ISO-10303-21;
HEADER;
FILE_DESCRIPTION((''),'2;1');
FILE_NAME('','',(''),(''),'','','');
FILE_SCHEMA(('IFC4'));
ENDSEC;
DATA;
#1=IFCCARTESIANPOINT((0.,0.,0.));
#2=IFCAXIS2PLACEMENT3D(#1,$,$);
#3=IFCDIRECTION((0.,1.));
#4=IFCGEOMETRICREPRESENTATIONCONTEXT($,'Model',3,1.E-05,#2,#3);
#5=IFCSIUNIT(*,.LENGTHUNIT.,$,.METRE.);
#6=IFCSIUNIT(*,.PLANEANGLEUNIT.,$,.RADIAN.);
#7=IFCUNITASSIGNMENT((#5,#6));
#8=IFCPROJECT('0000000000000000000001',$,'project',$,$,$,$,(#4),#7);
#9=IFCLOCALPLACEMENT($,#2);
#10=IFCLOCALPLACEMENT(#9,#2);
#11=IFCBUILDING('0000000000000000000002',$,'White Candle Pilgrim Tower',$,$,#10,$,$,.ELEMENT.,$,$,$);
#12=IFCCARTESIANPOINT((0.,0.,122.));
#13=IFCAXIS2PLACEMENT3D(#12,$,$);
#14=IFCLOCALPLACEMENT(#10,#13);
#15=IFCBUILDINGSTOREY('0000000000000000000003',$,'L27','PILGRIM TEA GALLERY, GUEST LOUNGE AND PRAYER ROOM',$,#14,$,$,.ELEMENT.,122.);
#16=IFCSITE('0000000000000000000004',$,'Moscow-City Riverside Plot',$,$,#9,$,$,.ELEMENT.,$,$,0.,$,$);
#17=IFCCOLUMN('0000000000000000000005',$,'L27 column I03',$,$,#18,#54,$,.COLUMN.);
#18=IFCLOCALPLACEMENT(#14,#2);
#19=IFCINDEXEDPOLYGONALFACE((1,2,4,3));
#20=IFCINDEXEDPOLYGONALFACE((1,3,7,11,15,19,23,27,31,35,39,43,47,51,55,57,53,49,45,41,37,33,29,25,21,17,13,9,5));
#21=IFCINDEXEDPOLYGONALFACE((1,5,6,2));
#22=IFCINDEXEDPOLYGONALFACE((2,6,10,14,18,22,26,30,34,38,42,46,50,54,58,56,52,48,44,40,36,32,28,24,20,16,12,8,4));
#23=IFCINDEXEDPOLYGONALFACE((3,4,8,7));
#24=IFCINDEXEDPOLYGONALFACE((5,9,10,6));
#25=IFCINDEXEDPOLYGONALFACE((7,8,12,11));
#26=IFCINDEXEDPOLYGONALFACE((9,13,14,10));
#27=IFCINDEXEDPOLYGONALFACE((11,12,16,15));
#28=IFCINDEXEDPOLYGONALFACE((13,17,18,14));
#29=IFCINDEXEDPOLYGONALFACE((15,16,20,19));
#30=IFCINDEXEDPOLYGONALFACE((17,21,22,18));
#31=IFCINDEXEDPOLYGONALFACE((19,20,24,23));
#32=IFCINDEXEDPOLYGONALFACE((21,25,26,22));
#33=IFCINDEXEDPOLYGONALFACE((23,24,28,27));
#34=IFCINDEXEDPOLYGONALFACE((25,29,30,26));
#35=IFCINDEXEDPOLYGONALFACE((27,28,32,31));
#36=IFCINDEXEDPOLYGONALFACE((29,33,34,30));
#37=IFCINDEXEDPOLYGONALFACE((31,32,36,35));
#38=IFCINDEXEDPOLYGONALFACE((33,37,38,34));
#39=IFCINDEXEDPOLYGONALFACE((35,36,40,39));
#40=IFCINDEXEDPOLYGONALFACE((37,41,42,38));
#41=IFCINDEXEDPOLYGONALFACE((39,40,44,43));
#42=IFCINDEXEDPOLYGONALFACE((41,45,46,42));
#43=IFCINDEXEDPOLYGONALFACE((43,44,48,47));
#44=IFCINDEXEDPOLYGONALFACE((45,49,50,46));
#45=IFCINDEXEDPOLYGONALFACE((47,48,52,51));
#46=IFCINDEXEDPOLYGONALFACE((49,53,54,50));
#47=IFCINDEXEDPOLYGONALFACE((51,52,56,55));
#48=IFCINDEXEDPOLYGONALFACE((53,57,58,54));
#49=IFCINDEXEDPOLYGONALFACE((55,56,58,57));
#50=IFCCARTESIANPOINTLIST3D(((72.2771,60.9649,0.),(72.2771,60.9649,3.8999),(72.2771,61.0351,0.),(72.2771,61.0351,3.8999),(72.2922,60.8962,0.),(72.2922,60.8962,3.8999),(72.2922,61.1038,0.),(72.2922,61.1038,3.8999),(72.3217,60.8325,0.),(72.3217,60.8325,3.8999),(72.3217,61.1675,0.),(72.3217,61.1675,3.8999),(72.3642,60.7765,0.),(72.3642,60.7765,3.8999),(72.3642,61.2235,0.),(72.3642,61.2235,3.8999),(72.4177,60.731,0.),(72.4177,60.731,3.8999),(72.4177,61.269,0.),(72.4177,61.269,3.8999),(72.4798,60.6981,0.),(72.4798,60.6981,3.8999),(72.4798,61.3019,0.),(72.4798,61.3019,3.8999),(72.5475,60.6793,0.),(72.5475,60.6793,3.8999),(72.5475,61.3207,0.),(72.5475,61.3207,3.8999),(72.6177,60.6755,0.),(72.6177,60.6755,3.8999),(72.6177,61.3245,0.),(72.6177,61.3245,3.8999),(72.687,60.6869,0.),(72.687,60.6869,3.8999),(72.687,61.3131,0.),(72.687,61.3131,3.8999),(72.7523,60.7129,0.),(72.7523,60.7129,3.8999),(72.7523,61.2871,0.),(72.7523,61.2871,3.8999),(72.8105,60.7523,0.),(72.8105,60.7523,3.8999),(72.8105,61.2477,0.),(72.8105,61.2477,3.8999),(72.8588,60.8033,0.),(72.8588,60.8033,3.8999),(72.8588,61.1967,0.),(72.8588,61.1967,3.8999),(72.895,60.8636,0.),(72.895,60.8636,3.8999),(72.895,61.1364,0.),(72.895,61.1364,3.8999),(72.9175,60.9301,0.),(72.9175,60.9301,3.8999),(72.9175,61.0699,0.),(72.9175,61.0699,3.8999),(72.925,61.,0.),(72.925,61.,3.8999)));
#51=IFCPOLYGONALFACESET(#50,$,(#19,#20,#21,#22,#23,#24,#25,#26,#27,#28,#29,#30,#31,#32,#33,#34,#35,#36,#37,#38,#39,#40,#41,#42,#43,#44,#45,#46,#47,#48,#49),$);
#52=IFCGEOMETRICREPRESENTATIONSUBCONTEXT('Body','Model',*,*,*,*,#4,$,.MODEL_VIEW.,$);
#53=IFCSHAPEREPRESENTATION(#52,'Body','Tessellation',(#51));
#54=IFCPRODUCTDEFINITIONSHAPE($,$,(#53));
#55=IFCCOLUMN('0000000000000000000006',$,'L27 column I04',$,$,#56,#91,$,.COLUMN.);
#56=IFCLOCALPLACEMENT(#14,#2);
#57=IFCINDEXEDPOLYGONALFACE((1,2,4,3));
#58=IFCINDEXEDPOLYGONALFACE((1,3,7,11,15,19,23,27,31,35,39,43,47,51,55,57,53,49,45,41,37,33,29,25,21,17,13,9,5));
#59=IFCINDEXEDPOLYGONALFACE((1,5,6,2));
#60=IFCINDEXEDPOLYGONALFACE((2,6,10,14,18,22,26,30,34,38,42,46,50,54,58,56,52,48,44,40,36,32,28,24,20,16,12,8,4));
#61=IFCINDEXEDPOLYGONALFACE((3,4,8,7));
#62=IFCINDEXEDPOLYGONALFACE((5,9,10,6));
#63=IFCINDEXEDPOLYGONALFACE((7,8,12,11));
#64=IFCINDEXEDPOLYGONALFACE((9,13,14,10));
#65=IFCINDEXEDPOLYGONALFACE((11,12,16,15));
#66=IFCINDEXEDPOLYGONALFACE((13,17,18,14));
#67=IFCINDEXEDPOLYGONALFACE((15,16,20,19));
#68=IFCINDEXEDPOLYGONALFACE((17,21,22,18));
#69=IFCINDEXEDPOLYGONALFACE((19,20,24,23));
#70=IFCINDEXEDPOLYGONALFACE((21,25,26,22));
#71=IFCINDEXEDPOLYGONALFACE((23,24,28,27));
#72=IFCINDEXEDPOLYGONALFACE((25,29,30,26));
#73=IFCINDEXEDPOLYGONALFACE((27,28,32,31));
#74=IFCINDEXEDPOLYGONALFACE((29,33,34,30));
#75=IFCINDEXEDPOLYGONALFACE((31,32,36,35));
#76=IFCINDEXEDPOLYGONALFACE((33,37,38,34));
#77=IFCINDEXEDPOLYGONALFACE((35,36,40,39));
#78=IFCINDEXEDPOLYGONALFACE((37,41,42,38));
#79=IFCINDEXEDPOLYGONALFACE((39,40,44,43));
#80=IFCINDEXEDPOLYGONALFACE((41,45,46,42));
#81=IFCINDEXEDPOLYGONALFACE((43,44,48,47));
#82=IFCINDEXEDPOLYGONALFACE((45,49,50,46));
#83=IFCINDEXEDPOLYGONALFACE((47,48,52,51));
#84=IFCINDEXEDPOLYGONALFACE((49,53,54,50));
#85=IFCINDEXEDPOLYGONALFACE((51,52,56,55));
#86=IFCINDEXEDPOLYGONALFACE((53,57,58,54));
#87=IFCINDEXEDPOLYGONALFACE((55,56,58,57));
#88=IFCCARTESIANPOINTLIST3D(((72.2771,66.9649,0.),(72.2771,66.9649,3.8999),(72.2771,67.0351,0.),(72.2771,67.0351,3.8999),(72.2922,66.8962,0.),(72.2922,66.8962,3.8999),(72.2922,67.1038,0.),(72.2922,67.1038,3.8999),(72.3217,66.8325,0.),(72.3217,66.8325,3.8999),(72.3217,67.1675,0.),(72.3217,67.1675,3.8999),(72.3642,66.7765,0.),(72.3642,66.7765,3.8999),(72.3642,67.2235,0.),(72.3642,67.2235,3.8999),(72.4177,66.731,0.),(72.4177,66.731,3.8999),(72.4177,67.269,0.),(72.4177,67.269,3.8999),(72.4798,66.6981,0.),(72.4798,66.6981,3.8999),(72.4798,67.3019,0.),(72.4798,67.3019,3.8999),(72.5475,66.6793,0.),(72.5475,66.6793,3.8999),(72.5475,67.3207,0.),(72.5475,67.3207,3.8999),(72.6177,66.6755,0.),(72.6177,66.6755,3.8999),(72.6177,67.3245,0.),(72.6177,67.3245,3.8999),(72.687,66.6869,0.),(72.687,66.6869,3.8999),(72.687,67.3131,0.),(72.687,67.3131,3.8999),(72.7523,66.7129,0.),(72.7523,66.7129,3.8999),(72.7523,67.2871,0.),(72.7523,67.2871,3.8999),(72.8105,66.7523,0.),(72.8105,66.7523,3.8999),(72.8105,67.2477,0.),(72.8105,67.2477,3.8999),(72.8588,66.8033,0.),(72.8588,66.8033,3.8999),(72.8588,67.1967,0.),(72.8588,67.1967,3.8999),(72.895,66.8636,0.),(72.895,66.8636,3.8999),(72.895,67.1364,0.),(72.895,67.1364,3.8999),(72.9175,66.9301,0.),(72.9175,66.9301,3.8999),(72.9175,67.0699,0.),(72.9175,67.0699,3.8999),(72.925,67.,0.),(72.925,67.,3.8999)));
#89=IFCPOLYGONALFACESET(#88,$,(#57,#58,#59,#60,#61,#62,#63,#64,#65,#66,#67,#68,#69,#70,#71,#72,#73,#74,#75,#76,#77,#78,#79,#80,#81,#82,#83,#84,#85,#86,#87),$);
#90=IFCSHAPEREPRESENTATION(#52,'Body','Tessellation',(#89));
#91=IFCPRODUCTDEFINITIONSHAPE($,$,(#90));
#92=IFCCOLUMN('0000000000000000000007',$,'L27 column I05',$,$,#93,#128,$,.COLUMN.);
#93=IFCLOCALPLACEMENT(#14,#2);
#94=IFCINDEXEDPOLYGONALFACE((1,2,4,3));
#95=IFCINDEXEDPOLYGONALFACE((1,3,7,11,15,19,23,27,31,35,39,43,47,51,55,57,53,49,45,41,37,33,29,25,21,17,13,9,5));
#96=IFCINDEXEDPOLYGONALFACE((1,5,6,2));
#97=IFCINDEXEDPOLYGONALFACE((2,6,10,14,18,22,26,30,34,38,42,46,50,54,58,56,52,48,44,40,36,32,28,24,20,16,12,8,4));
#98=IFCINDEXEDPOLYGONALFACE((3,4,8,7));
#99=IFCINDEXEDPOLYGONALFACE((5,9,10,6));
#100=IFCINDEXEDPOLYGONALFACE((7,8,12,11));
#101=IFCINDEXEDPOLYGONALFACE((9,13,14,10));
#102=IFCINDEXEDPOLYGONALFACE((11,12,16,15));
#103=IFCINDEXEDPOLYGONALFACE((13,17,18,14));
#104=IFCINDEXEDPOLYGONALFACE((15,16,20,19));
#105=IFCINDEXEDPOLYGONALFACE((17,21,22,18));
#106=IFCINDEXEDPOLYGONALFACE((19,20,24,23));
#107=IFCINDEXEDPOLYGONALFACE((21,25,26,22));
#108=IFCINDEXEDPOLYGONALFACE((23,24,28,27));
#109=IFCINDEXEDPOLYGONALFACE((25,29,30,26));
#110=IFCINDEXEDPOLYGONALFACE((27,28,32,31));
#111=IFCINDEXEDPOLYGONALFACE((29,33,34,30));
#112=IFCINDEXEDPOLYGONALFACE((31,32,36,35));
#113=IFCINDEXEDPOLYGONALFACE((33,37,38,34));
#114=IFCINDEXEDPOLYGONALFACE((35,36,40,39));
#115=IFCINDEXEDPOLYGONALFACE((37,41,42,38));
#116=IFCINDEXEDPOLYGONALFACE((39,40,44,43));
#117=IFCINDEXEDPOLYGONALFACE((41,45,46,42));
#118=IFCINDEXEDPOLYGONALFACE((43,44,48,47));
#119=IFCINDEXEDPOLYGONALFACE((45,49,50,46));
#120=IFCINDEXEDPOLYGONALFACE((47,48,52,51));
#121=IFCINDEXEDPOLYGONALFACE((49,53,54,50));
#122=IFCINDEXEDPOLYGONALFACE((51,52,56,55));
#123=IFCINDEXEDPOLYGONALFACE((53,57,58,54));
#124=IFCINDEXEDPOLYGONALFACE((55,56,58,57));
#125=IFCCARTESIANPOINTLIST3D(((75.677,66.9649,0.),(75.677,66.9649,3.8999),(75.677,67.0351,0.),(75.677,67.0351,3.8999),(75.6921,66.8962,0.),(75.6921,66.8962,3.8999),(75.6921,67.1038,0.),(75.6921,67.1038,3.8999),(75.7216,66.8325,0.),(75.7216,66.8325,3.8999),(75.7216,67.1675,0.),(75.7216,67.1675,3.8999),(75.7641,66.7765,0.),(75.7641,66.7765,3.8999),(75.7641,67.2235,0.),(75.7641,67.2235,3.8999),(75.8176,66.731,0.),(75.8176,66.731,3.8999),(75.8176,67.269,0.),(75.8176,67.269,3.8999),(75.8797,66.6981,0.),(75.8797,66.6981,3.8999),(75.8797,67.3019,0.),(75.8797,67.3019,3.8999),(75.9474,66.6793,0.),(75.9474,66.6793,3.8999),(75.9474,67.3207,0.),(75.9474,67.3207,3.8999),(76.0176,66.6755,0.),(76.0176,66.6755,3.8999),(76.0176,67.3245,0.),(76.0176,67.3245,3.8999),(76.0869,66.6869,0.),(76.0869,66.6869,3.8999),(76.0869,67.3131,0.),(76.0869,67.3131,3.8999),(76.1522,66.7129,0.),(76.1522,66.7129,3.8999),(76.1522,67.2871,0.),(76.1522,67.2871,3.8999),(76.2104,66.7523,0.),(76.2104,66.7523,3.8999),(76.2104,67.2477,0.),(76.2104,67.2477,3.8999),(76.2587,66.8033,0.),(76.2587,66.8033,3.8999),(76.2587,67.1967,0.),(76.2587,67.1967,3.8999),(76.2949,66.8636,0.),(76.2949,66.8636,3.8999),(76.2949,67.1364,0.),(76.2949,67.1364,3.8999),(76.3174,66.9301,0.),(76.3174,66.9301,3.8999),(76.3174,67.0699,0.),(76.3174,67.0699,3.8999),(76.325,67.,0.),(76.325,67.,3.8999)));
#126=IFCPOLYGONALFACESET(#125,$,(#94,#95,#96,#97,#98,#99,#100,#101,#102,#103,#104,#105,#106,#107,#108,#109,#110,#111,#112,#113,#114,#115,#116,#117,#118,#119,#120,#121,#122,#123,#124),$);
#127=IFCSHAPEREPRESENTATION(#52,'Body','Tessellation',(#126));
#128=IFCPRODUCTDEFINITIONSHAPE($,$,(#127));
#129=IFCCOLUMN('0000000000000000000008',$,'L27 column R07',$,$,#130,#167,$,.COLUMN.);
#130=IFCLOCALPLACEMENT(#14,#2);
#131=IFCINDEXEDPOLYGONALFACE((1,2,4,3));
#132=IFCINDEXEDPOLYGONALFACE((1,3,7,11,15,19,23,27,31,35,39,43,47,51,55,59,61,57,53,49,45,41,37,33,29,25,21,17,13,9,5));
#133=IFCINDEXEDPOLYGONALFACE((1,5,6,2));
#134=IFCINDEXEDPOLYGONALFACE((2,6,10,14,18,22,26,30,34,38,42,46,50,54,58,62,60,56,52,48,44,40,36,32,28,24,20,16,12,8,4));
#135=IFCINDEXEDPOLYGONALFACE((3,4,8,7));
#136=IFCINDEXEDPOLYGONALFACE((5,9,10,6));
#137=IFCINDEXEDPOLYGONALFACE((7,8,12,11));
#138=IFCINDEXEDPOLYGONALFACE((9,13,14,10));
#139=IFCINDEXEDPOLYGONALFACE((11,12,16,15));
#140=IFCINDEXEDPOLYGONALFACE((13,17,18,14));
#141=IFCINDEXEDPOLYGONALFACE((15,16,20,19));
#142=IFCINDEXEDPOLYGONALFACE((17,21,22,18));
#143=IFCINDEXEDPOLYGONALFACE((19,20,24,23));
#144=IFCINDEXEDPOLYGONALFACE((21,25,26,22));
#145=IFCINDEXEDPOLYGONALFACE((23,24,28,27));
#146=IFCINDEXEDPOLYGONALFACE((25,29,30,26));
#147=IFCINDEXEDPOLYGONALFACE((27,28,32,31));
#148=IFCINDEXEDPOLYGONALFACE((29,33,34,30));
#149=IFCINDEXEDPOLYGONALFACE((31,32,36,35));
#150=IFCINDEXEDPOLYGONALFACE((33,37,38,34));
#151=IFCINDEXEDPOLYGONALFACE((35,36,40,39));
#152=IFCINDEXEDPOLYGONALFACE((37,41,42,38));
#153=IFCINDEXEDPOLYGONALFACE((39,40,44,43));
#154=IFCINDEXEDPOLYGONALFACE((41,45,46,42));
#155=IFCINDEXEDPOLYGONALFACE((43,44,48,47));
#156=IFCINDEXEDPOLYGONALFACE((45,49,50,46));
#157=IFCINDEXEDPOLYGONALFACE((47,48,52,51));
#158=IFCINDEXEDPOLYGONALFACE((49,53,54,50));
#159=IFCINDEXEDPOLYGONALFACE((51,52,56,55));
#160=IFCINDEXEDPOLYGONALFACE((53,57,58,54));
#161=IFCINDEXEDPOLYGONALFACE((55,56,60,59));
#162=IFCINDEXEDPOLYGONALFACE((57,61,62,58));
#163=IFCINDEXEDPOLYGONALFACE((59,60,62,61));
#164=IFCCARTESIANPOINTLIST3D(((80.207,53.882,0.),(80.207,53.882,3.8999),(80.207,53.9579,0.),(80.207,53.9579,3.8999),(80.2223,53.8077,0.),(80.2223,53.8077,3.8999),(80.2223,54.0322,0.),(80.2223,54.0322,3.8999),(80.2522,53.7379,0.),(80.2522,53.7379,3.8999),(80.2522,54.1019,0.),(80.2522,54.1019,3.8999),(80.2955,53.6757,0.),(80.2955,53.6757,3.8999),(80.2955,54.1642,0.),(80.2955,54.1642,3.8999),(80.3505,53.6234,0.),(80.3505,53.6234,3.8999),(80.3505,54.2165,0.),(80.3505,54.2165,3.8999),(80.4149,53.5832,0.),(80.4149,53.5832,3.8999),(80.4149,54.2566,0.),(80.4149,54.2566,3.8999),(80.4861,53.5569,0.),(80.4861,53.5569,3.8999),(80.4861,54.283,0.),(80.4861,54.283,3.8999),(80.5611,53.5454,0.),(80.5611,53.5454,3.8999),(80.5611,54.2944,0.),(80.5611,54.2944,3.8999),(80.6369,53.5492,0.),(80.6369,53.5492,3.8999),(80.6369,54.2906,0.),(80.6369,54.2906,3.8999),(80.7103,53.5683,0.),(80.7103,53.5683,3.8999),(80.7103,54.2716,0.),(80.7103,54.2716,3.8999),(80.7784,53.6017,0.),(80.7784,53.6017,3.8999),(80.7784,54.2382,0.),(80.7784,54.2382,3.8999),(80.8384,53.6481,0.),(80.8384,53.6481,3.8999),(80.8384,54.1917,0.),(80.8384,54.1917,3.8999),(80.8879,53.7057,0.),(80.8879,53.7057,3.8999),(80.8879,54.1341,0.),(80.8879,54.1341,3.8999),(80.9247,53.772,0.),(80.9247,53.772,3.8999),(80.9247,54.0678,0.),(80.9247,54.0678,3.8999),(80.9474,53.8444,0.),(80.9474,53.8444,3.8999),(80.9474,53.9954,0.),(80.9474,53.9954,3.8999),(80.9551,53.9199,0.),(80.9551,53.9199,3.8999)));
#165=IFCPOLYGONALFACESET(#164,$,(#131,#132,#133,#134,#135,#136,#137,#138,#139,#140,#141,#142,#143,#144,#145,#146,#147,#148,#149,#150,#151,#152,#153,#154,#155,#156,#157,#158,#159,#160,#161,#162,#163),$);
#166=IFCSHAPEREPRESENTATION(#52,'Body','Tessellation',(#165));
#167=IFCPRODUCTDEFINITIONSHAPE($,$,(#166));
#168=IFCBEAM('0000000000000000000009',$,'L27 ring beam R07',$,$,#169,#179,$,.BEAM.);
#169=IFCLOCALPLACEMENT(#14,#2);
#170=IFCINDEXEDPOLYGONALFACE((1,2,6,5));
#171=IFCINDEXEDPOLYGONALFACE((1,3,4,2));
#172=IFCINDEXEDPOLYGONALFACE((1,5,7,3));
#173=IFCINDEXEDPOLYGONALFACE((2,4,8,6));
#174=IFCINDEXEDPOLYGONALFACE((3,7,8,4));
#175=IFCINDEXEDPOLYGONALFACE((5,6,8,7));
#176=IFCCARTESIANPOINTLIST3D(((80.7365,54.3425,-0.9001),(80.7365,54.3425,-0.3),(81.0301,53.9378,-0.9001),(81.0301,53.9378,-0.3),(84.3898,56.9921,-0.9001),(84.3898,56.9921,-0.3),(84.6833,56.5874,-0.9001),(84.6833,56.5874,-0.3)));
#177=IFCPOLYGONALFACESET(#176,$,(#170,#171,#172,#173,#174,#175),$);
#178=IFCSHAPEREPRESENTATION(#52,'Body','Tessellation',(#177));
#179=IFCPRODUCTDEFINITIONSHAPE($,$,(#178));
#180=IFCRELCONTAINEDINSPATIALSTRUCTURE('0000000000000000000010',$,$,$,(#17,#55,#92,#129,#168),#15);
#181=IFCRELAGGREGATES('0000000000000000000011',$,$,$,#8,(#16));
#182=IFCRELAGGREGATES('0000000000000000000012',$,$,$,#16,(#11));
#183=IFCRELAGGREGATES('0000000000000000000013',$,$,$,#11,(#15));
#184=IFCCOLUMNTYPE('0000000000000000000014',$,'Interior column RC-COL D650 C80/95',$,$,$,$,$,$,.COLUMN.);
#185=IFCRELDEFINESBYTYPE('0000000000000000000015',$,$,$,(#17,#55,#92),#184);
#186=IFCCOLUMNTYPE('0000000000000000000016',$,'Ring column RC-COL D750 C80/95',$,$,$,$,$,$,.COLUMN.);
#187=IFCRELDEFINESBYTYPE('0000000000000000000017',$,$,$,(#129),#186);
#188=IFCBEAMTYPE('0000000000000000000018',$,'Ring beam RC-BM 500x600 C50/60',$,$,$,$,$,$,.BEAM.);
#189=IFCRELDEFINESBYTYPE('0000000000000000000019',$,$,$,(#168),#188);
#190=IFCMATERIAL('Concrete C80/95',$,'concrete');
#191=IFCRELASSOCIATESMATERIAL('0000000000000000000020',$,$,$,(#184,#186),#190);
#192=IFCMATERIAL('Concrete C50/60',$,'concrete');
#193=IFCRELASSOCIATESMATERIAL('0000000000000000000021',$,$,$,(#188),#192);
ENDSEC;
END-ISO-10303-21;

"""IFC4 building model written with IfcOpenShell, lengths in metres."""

from ifc_helpers import new_model, si_unit, direction, frame, origin, origin_2d, place, context, subcontext, project, spatial, rectangle, circle, extrude, material, material_profile, profile_set, type_object, element, save


model = new_model("IFC4")

# Units and contexts
model_context = context("Model", 3, precision=1e-05, world=origin(), true_north=direction((0.0, 1.0)))
body_context = subcontext(model_context, "Body", "Model", "MODEL_VIEW")
ifc_project = project(units=[si_unit("LENGTHUNIT", "METRE"), si_unit("PLANEANGLEUNIT", "RADIAN")], contexts=[model_context])

# Site, building, storey
site_placement = place(None, origin())
site = spatial("IfcSite", under=ifc_project, at=site_placement, Name="Moscow-City Riverside Plot", CompositionType="ELEMENT", RefElevation=0.0)
building_placement = place(site_placement, origin())
building = spatial("IfcBuilding", under=site, at=building_placement, Name="White Candle Pilgrim Tower", CompositionType="ELEMENT")
storey_placement = place(building_placement, frame((0.0, 0.0, 122.0)))
storey = spatial("IfcBuildingStorey", under=building, at=storey_placement, Name="L27", Description="PILGRIM TEA GALLERY, GUEST LOUNGE AND PRAYER ROOM", CompositionType="ELEMENT", Elevation=122.0)

# Columns
ifc_material_1 = material(Name="Concrete C80/95", Category="concrete")
ifc_material_profile_1 = material_profile(ifc_material_1, circle(Radius=0.325, at=origin_2d()), Name="RC-COL D650")
ifc_profile_set_1 = profile_set([ifc_material_profile_1], Name="Concrete C80/95")
column_type_1 = type_object("IfcColumnType", Name="Interior column RC-COL D650 C80/95", PredefinedType="COLUMN", material=ifc_profile_set_1)
for number, where, z_axis, x_axis, name in (
    (1, (72.6001, 61.0, 0.0), (0.0, 0.0, 1.0), (1.0, 0.0, 0.0), "L27 column I03"),
    (2, (72.6001, 67.0, 0.0), (0.0, 0.0, 1.0), (1.0, 0.0, 0.0), "L27 column I04"),
    (3, (76.0, 67.0, 0.0), (0.0, 0.0, 1.0), (1.0, 0.0, 0.0), "L27 column I05"),
):
    element("IfcColumn", number, at=place(storey_placement, frame(where, z_axis=z_axis, x_axis=x_axis)), inside=storey, type_object=column_type_1, Name=name, PredefinedType="COLUMN", context=body_context, shape_type="SweptSolid", body=[
        extrude(circle(Radius=0.325, at=origin_2d()), origin(), (0.0, 0.0, 1.0), 3.8999),
    ])
ifc_material_profile_2 = material_profile(ifc_material_1, circle(Radius=0.375, at=origin_2d()), Name="RC-COL D750")
ifc_profile_set_2 = profile_set([ifc_material_profile_2], Name="Concrete C80/95")
column_type_2 = type_object("IfcColumnType", Name="Ring column RC-COL D750 C80/95", PredefinedType="COLUMN", material=ifc_profile_set_2)
column_placement = place(storey_placement, frame((80.5801, 53.9199, 0.0), z_axis=(0.0, 0.0, 1.0), x_axis=(1.0, 0.0, 0.0)))
element("IfcColumn", 4, at=column_placement, inside=storey, type_object=column_type_2, Name="L27 column R07", PredefinedType="COLUMN", context=body_context, shape_type="SweptSolid", body=[
    extrude(circle(Radius=0.375, at=origin_2d()), origin(), (0.0, 0.0, 1.0), 3.8999),
])

# Beam
ifc_material_2 = material(Name="Concrete C50/60", Category="concrete")
ifc_material_profile_3 = material_profile(ifc_material_2, rectangle(XDim=0.5, YDim=0.6001, at=origin_2d()), Name="RC-BM 500x600")
ifc_profile_set_3 = profile_set([ifc_material_profile_3], Name="Concrete C50/60")
beam_type = type_object("IfcBeamType", Name="Ring beam RC-BM 500x600 C50/60", PredefinedType="BEAM", material=ifc_profile_set_3)
beam_placement = place(storey_placement, frame((80.8833, 54.1401, -0.6001), z_axis=(0.809505, 0.587113, 0.0), x_axis=(-0.587113, 0.809505, 0.0)))
element("IfcBeam", 5, at=beam_placement, inside=storey, type_object=beam_type, Name="L27 ring beam R07", PredefinedType="BEAM", context=body_context, shape_type="SweptSolid", body=[
    extrude(rectangle(XDim=0.5, YDim=0.6001, at=origin_2d()), origin(), (0.0, 0.0, 1.0), 4.5129),
])

save(model, "model.ifc")
